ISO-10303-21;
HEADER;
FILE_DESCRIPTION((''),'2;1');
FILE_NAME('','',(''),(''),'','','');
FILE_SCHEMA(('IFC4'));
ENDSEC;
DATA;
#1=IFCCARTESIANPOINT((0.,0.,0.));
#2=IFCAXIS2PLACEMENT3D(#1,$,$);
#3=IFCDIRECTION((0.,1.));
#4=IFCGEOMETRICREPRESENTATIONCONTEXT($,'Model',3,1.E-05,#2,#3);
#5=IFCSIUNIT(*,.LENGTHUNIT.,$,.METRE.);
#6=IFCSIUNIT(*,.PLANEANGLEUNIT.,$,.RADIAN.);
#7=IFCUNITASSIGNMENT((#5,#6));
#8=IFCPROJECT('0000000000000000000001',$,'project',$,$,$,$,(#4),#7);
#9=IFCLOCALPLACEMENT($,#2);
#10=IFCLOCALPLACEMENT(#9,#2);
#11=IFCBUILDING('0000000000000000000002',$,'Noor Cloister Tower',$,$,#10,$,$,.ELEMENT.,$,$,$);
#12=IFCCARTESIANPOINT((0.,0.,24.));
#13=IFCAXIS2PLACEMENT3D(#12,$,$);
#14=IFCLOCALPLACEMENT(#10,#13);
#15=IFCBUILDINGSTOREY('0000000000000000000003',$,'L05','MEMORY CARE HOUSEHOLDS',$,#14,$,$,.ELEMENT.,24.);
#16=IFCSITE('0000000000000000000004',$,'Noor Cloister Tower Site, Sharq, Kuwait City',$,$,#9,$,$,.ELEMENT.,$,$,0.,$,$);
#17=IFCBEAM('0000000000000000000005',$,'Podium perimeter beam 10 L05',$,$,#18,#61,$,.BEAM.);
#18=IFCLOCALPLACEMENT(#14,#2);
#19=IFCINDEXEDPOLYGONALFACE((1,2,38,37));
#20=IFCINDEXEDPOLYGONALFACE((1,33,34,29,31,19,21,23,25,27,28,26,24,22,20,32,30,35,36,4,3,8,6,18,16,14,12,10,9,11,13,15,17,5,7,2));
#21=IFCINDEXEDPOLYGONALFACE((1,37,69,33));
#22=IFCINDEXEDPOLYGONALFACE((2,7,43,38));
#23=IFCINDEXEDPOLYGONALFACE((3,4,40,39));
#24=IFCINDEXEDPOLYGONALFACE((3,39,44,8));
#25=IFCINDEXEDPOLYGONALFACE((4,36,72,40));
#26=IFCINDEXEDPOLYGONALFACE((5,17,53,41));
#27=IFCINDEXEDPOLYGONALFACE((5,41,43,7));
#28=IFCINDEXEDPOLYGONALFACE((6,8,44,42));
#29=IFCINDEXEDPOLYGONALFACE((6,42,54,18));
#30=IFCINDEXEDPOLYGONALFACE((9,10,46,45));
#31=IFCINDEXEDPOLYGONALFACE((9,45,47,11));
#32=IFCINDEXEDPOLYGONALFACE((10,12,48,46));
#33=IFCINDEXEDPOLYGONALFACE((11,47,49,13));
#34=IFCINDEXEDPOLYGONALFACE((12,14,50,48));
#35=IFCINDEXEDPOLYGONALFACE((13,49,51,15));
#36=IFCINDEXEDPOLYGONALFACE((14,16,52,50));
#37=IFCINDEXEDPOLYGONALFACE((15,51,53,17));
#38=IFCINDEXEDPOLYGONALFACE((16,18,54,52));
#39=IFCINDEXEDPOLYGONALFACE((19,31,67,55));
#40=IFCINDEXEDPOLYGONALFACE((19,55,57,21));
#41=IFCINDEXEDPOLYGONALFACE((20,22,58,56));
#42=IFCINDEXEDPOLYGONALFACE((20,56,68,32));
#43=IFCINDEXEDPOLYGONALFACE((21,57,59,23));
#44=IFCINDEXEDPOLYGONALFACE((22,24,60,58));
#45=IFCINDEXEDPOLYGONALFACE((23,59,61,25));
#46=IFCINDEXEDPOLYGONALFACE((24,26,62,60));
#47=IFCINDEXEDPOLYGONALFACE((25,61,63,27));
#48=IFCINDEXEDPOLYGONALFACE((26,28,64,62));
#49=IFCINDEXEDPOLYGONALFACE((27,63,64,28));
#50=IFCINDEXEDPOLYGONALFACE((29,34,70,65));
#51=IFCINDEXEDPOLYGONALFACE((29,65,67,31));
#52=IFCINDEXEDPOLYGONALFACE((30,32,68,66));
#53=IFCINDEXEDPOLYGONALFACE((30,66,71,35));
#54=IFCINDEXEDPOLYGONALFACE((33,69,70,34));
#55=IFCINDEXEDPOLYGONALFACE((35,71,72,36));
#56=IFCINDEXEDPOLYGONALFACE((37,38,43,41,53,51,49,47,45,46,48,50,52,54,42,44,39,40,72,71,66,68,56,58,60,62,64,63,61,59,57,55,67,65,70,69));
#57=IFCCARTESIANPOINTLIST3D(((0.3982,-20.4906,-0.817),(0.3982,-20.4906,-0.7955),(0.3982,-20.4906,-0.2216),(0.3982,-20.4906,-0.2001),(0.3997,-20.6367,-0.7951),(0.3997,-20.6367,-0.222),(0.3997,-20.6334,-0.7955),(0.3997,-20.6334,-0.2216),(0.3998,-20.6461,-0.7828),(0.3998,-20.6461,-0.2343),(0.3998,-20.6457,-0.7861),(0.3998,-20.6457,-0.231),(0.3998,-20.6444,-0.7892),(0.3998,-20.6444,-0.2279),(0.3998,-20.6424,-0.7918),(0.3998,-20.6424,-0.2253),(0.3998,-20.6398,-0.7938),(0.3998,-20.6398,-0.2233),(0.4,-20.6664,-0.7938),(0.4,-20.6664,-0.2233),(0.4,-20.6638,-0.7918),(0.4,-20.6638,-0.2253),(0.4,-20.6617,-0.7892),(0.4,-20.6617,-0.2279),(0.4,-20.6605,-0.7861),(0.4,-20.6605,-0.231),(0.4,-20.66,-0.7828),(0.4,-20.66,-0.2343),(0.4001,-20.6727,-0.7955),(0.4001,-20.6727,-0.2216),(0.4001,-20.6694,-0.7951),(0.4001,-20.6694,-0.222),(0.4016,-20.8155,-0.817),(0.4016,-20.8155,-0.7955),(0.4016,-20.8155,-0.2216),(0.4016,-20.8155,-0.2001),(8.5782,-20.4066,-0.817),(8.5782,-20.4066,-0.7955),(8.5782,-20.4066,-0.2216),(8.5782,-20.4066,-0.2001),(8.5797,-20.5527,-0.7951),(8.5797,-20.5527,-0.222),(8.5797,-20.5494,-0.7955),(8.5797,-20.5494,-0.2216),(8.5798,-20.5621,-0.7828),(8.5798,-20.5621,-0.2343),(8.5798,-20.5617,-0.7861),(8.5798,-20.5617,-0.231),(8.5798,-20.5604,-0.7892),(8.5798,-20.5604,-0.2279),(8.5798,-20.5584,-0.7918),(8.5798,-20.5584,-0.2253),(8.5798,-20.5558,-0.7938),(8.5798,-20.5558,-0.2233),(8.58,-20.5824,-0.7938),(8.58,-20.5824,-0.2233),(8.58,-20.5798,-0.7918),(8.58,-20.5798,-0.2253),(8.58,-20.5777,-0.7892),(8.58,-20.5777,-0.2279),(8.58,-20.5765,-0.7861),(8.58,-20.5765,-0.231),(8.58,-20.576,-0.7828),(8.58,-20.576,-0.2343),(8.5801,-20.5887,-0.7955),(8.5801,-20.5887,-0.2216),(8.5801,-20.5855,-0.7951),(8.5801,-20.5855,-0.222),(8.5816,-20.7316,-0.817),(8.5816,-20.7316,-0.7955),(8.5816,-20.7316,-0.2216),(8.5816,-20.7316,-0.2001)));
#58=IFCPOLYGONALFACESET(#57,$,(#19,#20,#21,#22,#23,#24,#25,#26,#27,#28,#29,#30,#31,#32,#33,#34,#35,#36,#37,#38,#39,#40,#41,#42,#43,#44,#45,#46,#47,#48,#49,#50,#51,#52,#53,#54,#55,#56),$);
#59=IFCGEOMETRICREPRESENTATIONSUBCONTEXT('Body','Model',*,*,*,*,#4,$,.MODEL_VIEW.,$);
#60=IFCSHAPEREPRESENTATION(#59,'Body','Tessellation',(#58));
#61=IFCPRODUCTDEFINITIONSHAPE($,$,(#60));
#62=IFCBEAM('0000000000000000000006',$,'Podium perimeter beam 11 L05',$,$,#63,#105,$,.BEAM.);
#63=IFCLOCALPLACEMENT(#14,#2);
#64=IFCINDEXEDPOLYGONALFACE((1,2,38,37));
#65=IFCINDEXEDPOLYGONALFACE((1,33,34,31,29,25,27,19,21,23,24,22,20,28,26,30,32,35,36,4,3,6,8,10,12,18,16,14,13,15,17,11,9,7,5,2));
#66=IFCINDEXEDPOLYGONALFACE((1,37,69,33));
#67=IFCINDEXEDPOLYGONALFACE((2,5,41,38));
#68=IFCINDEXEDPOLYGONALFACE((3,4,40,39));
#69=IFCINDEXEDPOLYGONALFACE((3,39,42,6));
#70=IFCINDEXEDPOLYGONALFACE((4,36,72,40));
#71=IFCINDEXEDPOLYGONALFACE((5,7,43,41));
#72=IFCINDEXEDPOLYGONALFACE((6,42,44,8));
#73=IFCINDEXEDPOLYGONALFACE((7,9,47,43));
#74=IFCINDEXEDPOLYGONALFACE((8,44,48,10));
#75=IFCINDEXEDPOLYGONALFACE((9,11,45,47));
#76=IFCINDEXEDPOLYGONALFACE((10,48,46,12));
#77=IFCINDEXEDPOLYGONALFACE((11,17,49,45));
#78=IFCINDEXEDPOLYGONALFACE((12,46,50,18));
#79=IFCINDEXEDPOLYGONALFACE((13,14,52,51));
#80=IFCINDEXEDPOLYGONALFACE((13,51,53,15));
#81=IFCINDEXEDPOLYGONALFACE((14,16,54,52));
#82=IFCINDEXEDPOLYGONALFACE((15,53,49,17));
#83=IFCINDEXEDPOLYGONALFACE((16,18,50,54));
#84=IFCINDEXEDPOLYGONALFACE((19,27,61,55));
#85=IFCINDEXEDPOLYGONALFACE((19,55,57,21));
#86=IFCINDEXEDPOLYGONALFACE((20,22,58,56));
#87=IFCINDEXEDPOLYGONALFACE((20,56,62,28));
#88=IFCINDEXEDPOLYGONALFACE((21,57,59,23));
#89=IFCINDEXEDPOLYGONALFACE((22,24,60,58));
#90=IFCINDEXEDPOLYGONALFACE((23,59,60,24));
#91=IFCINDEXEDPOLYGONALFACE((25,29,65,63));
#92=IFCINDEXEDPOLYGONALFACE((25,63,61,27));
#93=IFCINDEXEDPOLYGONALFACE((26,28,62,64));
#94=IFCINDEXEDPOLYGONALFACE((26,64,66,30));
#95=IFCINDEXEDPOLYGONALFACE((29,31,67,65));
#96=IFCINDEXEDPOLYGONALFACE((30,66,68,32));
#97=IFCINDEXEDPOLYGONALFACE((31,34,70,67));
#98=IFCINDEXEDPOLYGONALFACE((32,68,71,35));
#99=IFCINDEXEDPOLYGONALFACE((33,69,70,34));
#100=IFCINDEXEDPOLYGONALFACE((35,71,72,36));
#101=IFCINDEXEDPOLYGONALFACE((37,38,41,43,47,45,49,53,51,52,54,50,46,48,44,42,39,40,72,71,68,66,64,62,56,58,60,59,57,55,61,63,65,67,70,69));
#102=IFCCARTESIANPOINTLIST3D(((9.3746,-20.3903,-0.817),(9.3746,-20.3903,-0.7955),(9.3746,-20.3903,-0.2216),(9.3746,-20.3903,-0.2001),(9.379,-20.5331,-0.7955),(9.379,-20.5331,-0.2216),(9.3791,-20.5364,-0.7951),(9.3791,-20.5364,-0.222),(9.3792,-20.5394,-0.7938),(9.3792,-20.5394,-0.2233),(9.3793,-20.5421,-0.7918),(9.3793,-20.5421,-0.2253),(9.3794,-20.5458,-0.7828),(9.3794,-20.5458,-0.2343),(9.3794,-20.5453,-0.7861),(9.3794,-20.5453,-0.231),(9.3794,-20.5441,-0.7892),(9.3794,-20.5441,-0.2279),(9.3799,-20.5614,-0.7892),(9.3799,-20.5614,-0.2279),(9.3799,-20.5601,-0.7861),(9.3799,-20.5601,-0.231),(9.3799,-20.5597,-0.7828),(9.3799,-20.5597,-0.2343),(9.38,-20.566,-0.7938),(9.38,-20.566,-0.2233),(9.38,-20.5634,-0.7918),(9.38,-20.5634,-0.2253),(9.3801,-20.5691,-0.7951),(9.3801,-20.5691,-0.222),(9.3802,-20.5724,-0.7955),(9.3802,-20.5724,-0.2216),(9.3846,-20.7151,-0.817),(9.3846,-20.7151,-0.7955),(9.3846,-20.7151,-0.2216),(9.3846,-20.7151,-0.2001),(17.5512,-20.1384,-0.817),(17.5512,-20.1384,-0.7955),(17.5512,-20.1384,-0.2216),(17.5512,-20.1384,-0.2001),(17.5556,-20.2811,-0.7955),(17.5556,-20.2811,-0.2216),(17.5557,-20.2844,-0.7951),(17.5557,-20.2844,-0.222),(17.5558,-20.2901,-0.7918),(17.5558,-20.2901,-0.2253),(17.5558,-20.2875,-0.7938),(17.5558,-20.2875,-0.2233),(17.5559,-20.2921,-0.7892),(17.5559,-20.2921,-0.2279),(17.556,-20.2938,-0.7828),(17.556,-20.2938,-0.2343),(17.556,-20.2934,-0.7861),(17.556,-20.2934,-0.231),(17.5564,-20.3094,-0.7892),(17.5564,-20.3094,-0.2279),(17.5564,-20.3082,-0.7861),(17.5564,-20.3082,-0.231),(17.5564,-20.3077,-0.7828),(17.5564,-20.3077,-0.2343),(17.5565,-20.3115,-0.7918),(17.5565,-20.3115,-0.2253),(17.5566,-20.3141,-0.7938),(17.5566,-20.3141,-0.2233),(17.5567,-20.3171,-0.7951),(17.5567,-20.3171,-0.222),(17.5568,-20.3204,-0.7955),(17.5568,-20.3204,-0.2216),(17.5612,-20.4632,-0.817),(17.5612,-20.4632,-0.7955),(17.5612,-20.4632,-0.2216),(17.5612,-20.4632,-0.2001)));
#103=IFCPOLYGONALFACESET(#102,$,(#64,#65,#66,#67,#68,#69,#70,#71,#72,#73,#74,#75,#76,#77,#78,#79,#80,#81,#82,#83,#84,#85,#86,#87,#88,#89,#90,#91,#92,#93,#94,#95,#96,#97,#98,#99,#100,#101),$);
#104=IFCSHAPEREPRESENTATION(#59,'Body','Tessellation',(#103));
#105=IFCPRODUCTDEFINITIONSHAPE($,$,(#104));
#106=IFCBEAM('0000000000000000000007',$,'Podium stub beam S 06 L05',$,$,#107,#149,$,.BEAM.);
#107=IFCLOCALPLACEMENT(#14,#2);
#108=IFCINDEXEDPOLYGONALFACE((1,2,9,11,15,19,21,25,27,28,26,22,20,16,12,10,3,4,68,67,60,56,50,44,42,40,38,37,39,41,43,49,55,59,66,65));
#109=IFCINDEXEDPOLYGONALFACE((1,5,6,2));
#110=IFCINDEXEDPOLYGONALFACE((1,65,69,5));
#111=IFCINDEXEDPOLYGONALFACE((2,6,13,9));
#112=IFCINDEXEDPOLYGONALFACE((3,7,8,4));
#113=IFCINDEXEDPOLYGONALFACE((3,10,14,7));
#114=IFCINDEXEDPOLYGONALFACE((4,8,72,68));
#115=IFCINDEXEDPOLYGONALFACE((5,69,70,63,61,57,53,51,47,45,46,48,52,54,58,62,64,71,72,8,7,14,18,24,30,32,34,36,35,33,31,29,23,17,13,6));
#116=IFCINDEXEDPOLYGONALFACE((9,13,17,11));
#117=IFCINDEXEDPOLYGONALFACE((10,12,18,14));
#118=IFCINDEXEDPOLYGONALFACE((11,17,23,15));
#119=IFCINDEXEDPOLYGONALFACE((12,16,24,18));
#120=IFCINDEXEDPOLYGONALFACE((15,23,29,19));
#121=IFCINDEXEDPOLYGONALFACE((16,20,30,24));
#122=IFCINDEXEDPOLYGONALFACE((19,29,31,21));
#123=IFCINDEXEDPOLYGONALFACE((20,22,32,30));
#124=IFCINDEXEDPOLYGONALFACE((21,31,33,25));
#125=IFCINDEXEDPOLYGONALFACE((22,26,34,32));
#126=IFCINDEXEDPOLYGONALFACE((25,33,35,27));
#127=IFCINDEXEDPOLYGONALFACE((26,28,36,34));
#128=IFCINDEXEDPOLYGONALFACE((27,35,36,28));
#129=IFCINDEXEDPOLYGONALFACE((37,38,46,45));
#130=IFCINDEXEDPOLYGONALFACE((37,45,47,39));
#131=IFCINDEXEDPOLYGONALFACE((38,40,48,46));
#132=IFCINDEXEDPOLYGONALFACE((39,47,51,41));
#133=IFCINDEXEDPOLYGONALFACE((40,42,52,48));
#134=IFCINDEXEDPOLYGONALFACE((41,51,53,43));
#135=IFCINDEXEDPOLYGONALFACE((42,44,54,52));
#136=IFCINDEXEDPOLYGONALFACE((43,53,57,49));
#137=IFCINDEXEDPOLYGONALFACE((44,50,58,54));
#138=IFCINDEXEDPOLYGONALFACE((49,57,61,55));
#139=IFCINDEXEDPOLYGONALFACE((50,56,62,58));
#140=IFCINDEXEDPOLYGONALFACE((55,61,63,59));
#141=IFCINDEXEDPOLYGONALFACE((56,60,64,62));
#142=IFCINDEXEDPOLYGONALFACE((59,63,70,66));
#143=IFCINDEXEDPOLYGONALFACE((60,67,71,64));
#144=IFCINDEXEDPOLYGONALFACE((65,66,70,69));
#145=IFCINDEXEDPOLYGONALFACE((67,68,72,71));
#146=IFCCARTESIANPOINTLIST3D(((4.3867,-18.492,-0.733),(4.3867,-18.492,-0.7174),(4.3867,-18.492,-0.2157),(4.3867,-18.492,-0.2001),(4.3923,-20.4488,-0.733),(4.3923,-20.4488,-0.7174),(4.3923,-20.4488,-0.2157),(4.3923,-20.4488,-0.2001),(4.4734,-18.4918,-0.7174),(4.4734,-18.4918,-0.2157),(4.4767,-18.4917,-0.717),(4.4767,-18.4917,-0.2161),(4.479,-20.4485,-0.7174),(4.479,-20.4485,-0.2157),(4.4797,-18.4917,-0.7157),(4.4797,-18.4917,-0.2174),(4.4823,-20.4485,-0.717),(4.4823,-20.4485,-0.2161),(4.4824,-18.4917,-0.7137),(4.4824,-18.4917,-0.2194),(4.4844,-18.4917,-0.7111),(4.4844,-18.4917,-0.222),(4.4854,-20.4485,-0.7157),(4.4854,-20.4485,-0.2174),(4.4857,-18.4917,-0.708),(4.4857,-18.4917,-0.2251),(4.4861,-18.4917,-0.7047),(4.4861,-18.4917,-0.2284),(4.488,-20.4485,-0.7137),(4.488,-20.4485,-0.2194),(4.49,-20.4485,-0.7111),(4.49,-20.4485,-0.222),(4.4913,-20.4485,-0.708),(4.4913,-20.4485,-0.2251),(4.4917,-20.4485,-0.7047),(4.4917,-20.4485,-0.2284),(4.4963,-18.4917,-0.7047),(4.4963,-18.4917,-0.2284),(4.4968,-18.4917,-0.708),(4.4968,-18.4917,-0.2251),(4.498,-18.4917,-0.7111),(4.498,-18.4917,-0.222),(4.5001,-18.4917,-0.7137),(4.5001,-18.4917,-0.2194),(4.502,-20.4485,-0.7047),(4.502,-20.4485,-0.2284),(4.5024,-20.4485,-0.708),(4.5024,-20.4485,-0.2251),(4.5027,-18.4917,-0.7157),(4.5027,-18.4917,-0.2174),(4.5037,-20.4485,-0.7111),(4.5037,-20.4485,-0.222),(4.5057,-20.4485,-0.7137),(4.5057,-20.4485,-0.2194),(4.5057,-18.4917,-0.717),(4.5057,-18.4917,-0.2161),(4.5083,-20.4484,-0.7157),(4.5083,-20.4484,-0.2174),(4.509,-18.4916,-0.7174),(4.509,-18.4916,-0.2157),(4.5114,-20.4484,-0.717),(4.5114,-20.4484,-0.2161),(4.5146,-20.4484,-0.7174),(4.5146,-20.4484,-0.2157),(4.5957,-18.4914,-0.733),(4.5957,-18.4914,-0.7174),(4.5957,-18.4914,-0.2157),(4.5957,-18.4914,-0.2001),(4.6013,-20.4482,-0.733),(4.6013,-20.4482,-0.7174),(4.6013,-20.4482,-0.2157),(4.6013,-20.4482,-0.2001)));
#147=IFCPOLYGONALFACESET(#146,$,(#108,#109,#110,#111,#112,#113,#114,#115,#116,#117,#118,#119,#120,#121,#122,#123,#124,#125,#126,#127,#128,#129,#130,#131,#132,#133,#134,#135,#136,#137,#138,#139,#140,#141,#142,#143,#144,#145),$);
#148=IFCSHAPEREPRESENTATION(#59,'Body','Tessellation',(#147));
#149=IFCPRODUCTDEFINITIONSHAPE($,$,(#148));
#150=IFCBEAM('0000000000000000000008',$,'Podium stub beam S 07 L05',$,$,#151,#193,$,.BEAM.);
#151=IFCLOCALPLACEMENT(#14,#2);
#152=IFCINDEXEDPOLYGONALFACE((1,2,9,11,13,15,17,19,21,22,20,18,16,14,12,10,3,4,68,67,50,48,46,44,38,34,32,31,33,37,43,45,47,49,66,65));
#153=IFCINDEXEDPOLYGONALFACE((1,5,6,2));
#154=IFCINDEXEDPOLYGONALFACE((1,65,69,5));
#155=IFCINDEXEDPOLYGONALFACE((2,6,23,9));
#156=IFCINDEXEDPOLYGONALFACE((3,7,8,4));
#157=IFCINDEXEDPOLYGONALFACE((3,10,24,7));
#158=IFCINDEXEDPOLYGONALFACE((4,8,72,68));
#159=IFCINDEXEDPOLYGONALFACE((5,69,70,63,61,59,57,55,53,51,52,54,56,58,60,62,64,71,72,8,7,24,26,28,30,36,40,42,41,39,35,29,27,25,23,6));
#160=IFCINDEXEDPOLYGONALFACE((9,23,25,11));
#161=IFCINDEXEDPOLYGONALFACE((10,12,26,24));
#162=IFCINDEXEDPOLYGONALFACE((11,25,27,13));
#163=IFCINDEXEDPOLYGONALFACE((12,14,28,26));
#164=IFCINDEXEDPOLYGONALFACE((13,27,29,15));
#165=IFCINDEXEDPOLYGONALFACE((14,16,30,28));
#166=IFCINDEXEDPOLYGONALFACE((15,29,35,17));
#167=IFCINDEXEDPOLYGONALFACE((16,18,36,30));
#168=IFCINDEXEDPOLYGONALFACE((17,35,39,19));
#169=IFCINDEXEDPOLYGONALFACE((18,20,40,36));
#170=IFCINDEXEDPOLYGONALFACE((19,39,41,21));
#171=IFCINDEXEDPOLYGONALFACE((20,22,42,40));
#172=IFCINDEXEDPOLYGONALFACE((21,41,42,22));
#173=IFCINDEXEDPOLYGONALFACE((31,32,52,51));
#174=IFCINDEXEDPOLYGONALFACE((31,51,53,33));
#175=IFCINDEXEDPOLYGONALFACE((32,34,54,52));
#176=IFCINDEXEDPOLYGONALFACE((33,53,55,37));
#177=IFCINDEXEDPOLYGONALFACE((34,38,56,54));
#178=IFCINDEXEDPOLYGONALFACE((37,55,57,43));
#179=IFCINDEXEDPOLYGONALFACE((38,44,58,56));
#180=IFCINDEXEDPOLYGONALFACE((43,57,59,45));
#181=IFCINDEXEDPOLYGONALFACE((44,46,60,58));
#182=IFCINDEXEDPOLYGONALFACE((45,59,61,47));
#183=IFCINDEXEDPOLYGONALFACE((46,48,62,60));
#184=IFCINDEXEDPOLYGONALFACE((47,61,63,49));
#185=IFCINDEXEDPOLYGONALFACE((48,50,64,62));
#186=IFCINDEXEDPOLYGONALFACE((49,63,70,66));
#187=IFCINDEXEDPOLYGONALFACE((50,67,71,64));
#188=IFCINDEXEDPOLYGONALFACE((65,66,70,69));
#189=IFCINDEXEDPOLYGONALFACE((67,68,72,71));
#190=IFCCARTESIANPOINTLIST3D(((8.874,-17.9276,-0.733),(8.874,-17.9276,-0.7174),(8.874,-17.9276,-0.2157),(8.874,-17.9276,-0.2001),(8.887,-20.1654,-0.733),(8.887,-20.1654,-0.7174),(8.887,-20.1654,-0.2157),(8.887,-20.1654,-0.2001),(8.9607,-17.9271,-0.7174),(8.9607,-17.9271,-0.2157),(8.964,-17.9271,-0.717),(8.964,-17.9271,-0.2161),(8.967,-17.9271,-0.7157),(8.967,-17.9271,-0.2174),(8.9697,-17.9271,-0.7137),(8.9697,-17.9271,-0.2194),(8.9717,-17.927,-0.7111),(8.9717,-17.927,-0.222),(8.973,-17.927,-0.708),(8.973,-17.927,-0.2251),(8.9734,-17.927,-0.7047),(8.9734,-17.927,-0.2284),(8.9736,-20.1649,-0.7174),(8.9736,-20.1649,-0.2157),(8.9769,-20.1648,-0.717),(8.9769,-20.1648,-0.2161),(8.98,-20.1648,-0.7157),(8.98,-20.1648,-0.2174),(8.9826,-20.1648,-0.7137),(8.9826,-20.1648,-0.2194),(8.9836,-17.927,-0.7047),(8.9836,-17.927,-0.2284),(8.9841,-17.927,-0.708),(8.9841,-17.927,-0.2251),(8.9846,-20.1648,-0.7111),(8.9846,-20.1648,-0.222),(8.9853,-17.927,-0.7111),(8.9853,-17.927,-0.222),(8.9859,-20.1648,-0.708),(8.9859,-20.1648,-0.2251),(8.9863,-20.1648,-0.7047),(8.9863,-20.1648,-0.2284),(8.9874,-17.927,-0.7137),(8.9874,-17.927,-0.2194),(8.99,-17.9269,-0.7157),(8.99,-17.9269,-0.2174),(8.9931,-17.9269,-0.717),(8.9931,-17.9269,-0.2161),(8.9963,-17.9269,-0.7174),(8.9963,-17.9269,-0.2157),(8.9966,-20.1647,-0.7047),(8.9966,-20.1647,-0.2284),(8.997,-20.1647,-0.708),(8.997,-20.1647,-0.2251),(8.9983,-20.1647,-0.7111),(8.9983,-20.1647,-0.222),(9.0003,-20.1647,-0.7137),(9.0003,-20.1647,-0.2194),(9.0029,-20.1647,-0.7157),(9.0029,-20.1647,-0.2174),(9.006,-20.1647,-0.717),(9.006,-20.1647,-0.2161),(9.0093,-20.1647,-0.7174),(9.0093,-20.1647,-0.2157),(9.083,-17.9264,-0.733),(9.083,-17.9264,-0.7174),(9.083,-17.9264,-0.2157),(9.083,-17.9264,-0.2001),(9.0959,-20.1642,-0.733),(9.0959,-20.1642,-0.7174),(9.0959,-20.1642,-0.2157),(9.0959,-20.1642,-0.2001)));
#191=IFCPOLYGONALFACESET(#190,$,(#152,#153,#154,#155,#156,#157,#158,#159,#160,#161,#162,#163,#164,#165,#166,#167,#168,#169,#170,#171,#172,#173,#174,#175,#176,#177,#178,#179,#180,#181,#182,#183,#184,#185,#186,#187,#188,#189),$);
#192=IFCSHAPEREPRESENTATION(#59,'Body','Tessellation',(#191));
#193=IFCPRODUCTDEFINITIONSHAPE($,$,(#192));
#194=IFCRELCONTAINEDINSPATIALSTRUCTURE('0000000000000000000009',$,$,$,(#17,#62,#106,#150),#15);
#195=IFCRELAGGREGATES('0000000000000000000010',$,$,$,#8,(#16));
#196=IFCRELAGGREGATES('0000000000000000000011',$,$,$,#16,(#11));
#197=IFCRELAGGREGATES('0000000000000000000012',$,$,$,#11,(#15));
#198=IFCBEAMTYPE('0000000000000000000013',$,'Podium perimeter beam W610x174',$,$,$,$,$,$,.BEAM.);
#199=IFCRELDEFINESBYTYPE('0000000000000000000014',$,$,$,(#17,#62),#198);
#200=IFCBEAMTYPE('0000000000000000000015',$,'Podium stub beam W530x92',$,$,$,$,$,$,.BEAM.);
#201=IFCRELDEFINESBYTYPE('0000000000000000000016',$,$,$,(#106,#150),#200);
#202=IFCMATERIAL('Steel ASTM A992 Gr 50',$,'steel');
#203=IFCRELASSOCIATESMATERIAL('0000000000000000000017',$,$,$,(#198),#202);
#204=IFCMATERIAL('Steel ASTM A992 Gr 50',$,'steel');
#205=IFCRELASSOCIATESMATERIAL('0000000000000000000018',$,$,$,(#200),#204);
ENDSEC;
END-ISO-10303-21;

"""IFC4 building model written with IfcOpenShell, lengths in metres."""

from ifc_helpers import new_model, si_unit, direction, frame, origin, origin_2d, place, context, subcontext, project, spatial, i_section, extrude, material, material_profile, profile_set, type_object, element, save


model = new_model("IFC4")

# Units and contexts
model_context = context("Model", 3, precision=1e-05, world=origin(), true_north=direction((0.0, 1.0)))
body_context = subcontext(model_context, "Body", "Model", "MODEL_VIEW")
ifc_project = project(units=[si_unit("LENGTHUNIT", "METRE"), si_unit("PLANEANGLEUNIT", "RADIAN")], contexts=[model_context])

# Site, building, storey
site_placement = place(None, origin())
site = spatial("IfcSite", under=ifc_project, at=site_placement, Name="Noor Cloister Tower Site, Sharq, Kuwait City", CompositionType="ELEMENT", RefElevation=0.0)
building_placement = place(site_placement, origin())
building = spatial("IfcBuilding", under=site, at=building_placement, Name="Noor Cloister Tower", CompositionType="ELEMENT")
storey_placement = place(building_placement, frame((0.0, 0.0, 24.0)))
storey = spatial("IfcBuildingStorey", under=building, at=storey_placement, Name="L05", Description="MEMORY CARE HOUSEHOLDS", CompositionType="ELEMENT", Elevation=24.0)

# Beams
ifc_material_1 = material(Name="Steel ASTM A992 Gr 50", Category="steel")
ifc_material_profile_1 = material_profile(ifc_material_1, i_section(OverallWidth=0.325, OverallDepth=0.6169, WebThickness=0.0139, FlangeThickness=0.0215, FilletRadius=0.0127, at=origin_2d()), Name="W610x174")
ifc_profile_set_1 = profile_set([ifc_material_profile_1], Name="Steel ASTM A992 Gr 50")
beam_type_1 = type_object("IfcBeamType", Name="Podium perimeter beam W610x174", PredefinedType="BEAM", material=ifc_profile_set_1)
for number, where, z_axis, x_axis, name in (
    (1, (0.3999, -20.6531, -0.5085), (0.999947, 0.010267, 0.0), (-0.010267, 0.999947, 0.0), "Podium perimeter beam 10 L05"),
    (2, (9.3796, -20.5527, -0.5085), (0.999526, 0.0308, 0.0), (-0.0308, 0.999526, 0.0), "Podium perimeter beam 11 L05"),
):
    element("IfcBeam", number, at=place(storey_placement, frame(where, z_axis=z_axis, x_axis=x_axis)), inside=storey, type_object=beam_type_1, Name=name, PredefinedType="BEAM", context=body_context, shape_type="SweptSolid", body=[
        extrude(i_section(OverallWidth=0.325, OverallDepth=0.6169, WebThickness=0.0139, FlangeThickness=0.0215, FilletRadius=0.0127, at=origin_2d()), origin(), (0.0, 0.0, 1.0), 8.1804),
    ])
ifc_material_2 = material(Name="Steel ASTM A992 Gr 50", Category="steel")
ifc_material_profile_2 = material_profile(ifc_material_2, i_section(OverallWidth=0.209, OverallDepth=0.533, WebThickness=0.0103, FlangeThickness=0.0156, FilletRadius=0.0127, at=origin_2d()), Name="W530x92")
ifc_profile_set_2 = profile_set([ifc_material_profile_2], Name="Steel ASTM A992 Gr 50")
beam_type_2 = type_object("IfcBeamType", Name="Podium stub beam W530x92", PredefinedType="BEAM", material=ifc_profile_set_2)
beam_1_placement = place(storey_placement, frame((4.4912, -18.4917, -0.4666), z_axis=(0.00287, -0.999996, 0.0), x_axis=(0.999996, 0.00287, 0.0)))
element("IfcBeam", 3, at=beam_1_placement, inside=storey, type_object=beam_type_2, Name="Podium stub beam S 06 L05", PredefinedType="BEAM", context=body_context, shape_type="SweptSolid", body=[
    extrude(i_section(OverallWidth=0.209, OverallDepth=0.533, WebThickness=0.0103, FlangeThickness=0.0156, FilletRadius=0.0127, at=origin_2d()), origin(), (0.0, 0.0, 1.0), 1.9568),
])
beam_2_placement = place(storey_placement, frame((8.9785, -17.927, -0.4666), z_axis=(0.005782, -0.999983, 0.0), x_axis=(0.999983, 0.005782, 0.0)))
element("IfcBeam", 4, at=beam_2_placement, inside=storey, type_object=beam_type_2, Name="Podium stub beam S 07 L05", PredefinedType="BEAM", context=body_context, shape_type="SweptSolid", body=[
    extrude(i_section(OverallWidth=0.209, OverallDepth=0.533, WebThickness=0.0103, FlangeThickness=0.0156, FilletRadius=0.0127, at=origin_2d()), origin(), (0.0, 0.0, 1.0), 2.2378),
])

save(model, "model.ifc")
